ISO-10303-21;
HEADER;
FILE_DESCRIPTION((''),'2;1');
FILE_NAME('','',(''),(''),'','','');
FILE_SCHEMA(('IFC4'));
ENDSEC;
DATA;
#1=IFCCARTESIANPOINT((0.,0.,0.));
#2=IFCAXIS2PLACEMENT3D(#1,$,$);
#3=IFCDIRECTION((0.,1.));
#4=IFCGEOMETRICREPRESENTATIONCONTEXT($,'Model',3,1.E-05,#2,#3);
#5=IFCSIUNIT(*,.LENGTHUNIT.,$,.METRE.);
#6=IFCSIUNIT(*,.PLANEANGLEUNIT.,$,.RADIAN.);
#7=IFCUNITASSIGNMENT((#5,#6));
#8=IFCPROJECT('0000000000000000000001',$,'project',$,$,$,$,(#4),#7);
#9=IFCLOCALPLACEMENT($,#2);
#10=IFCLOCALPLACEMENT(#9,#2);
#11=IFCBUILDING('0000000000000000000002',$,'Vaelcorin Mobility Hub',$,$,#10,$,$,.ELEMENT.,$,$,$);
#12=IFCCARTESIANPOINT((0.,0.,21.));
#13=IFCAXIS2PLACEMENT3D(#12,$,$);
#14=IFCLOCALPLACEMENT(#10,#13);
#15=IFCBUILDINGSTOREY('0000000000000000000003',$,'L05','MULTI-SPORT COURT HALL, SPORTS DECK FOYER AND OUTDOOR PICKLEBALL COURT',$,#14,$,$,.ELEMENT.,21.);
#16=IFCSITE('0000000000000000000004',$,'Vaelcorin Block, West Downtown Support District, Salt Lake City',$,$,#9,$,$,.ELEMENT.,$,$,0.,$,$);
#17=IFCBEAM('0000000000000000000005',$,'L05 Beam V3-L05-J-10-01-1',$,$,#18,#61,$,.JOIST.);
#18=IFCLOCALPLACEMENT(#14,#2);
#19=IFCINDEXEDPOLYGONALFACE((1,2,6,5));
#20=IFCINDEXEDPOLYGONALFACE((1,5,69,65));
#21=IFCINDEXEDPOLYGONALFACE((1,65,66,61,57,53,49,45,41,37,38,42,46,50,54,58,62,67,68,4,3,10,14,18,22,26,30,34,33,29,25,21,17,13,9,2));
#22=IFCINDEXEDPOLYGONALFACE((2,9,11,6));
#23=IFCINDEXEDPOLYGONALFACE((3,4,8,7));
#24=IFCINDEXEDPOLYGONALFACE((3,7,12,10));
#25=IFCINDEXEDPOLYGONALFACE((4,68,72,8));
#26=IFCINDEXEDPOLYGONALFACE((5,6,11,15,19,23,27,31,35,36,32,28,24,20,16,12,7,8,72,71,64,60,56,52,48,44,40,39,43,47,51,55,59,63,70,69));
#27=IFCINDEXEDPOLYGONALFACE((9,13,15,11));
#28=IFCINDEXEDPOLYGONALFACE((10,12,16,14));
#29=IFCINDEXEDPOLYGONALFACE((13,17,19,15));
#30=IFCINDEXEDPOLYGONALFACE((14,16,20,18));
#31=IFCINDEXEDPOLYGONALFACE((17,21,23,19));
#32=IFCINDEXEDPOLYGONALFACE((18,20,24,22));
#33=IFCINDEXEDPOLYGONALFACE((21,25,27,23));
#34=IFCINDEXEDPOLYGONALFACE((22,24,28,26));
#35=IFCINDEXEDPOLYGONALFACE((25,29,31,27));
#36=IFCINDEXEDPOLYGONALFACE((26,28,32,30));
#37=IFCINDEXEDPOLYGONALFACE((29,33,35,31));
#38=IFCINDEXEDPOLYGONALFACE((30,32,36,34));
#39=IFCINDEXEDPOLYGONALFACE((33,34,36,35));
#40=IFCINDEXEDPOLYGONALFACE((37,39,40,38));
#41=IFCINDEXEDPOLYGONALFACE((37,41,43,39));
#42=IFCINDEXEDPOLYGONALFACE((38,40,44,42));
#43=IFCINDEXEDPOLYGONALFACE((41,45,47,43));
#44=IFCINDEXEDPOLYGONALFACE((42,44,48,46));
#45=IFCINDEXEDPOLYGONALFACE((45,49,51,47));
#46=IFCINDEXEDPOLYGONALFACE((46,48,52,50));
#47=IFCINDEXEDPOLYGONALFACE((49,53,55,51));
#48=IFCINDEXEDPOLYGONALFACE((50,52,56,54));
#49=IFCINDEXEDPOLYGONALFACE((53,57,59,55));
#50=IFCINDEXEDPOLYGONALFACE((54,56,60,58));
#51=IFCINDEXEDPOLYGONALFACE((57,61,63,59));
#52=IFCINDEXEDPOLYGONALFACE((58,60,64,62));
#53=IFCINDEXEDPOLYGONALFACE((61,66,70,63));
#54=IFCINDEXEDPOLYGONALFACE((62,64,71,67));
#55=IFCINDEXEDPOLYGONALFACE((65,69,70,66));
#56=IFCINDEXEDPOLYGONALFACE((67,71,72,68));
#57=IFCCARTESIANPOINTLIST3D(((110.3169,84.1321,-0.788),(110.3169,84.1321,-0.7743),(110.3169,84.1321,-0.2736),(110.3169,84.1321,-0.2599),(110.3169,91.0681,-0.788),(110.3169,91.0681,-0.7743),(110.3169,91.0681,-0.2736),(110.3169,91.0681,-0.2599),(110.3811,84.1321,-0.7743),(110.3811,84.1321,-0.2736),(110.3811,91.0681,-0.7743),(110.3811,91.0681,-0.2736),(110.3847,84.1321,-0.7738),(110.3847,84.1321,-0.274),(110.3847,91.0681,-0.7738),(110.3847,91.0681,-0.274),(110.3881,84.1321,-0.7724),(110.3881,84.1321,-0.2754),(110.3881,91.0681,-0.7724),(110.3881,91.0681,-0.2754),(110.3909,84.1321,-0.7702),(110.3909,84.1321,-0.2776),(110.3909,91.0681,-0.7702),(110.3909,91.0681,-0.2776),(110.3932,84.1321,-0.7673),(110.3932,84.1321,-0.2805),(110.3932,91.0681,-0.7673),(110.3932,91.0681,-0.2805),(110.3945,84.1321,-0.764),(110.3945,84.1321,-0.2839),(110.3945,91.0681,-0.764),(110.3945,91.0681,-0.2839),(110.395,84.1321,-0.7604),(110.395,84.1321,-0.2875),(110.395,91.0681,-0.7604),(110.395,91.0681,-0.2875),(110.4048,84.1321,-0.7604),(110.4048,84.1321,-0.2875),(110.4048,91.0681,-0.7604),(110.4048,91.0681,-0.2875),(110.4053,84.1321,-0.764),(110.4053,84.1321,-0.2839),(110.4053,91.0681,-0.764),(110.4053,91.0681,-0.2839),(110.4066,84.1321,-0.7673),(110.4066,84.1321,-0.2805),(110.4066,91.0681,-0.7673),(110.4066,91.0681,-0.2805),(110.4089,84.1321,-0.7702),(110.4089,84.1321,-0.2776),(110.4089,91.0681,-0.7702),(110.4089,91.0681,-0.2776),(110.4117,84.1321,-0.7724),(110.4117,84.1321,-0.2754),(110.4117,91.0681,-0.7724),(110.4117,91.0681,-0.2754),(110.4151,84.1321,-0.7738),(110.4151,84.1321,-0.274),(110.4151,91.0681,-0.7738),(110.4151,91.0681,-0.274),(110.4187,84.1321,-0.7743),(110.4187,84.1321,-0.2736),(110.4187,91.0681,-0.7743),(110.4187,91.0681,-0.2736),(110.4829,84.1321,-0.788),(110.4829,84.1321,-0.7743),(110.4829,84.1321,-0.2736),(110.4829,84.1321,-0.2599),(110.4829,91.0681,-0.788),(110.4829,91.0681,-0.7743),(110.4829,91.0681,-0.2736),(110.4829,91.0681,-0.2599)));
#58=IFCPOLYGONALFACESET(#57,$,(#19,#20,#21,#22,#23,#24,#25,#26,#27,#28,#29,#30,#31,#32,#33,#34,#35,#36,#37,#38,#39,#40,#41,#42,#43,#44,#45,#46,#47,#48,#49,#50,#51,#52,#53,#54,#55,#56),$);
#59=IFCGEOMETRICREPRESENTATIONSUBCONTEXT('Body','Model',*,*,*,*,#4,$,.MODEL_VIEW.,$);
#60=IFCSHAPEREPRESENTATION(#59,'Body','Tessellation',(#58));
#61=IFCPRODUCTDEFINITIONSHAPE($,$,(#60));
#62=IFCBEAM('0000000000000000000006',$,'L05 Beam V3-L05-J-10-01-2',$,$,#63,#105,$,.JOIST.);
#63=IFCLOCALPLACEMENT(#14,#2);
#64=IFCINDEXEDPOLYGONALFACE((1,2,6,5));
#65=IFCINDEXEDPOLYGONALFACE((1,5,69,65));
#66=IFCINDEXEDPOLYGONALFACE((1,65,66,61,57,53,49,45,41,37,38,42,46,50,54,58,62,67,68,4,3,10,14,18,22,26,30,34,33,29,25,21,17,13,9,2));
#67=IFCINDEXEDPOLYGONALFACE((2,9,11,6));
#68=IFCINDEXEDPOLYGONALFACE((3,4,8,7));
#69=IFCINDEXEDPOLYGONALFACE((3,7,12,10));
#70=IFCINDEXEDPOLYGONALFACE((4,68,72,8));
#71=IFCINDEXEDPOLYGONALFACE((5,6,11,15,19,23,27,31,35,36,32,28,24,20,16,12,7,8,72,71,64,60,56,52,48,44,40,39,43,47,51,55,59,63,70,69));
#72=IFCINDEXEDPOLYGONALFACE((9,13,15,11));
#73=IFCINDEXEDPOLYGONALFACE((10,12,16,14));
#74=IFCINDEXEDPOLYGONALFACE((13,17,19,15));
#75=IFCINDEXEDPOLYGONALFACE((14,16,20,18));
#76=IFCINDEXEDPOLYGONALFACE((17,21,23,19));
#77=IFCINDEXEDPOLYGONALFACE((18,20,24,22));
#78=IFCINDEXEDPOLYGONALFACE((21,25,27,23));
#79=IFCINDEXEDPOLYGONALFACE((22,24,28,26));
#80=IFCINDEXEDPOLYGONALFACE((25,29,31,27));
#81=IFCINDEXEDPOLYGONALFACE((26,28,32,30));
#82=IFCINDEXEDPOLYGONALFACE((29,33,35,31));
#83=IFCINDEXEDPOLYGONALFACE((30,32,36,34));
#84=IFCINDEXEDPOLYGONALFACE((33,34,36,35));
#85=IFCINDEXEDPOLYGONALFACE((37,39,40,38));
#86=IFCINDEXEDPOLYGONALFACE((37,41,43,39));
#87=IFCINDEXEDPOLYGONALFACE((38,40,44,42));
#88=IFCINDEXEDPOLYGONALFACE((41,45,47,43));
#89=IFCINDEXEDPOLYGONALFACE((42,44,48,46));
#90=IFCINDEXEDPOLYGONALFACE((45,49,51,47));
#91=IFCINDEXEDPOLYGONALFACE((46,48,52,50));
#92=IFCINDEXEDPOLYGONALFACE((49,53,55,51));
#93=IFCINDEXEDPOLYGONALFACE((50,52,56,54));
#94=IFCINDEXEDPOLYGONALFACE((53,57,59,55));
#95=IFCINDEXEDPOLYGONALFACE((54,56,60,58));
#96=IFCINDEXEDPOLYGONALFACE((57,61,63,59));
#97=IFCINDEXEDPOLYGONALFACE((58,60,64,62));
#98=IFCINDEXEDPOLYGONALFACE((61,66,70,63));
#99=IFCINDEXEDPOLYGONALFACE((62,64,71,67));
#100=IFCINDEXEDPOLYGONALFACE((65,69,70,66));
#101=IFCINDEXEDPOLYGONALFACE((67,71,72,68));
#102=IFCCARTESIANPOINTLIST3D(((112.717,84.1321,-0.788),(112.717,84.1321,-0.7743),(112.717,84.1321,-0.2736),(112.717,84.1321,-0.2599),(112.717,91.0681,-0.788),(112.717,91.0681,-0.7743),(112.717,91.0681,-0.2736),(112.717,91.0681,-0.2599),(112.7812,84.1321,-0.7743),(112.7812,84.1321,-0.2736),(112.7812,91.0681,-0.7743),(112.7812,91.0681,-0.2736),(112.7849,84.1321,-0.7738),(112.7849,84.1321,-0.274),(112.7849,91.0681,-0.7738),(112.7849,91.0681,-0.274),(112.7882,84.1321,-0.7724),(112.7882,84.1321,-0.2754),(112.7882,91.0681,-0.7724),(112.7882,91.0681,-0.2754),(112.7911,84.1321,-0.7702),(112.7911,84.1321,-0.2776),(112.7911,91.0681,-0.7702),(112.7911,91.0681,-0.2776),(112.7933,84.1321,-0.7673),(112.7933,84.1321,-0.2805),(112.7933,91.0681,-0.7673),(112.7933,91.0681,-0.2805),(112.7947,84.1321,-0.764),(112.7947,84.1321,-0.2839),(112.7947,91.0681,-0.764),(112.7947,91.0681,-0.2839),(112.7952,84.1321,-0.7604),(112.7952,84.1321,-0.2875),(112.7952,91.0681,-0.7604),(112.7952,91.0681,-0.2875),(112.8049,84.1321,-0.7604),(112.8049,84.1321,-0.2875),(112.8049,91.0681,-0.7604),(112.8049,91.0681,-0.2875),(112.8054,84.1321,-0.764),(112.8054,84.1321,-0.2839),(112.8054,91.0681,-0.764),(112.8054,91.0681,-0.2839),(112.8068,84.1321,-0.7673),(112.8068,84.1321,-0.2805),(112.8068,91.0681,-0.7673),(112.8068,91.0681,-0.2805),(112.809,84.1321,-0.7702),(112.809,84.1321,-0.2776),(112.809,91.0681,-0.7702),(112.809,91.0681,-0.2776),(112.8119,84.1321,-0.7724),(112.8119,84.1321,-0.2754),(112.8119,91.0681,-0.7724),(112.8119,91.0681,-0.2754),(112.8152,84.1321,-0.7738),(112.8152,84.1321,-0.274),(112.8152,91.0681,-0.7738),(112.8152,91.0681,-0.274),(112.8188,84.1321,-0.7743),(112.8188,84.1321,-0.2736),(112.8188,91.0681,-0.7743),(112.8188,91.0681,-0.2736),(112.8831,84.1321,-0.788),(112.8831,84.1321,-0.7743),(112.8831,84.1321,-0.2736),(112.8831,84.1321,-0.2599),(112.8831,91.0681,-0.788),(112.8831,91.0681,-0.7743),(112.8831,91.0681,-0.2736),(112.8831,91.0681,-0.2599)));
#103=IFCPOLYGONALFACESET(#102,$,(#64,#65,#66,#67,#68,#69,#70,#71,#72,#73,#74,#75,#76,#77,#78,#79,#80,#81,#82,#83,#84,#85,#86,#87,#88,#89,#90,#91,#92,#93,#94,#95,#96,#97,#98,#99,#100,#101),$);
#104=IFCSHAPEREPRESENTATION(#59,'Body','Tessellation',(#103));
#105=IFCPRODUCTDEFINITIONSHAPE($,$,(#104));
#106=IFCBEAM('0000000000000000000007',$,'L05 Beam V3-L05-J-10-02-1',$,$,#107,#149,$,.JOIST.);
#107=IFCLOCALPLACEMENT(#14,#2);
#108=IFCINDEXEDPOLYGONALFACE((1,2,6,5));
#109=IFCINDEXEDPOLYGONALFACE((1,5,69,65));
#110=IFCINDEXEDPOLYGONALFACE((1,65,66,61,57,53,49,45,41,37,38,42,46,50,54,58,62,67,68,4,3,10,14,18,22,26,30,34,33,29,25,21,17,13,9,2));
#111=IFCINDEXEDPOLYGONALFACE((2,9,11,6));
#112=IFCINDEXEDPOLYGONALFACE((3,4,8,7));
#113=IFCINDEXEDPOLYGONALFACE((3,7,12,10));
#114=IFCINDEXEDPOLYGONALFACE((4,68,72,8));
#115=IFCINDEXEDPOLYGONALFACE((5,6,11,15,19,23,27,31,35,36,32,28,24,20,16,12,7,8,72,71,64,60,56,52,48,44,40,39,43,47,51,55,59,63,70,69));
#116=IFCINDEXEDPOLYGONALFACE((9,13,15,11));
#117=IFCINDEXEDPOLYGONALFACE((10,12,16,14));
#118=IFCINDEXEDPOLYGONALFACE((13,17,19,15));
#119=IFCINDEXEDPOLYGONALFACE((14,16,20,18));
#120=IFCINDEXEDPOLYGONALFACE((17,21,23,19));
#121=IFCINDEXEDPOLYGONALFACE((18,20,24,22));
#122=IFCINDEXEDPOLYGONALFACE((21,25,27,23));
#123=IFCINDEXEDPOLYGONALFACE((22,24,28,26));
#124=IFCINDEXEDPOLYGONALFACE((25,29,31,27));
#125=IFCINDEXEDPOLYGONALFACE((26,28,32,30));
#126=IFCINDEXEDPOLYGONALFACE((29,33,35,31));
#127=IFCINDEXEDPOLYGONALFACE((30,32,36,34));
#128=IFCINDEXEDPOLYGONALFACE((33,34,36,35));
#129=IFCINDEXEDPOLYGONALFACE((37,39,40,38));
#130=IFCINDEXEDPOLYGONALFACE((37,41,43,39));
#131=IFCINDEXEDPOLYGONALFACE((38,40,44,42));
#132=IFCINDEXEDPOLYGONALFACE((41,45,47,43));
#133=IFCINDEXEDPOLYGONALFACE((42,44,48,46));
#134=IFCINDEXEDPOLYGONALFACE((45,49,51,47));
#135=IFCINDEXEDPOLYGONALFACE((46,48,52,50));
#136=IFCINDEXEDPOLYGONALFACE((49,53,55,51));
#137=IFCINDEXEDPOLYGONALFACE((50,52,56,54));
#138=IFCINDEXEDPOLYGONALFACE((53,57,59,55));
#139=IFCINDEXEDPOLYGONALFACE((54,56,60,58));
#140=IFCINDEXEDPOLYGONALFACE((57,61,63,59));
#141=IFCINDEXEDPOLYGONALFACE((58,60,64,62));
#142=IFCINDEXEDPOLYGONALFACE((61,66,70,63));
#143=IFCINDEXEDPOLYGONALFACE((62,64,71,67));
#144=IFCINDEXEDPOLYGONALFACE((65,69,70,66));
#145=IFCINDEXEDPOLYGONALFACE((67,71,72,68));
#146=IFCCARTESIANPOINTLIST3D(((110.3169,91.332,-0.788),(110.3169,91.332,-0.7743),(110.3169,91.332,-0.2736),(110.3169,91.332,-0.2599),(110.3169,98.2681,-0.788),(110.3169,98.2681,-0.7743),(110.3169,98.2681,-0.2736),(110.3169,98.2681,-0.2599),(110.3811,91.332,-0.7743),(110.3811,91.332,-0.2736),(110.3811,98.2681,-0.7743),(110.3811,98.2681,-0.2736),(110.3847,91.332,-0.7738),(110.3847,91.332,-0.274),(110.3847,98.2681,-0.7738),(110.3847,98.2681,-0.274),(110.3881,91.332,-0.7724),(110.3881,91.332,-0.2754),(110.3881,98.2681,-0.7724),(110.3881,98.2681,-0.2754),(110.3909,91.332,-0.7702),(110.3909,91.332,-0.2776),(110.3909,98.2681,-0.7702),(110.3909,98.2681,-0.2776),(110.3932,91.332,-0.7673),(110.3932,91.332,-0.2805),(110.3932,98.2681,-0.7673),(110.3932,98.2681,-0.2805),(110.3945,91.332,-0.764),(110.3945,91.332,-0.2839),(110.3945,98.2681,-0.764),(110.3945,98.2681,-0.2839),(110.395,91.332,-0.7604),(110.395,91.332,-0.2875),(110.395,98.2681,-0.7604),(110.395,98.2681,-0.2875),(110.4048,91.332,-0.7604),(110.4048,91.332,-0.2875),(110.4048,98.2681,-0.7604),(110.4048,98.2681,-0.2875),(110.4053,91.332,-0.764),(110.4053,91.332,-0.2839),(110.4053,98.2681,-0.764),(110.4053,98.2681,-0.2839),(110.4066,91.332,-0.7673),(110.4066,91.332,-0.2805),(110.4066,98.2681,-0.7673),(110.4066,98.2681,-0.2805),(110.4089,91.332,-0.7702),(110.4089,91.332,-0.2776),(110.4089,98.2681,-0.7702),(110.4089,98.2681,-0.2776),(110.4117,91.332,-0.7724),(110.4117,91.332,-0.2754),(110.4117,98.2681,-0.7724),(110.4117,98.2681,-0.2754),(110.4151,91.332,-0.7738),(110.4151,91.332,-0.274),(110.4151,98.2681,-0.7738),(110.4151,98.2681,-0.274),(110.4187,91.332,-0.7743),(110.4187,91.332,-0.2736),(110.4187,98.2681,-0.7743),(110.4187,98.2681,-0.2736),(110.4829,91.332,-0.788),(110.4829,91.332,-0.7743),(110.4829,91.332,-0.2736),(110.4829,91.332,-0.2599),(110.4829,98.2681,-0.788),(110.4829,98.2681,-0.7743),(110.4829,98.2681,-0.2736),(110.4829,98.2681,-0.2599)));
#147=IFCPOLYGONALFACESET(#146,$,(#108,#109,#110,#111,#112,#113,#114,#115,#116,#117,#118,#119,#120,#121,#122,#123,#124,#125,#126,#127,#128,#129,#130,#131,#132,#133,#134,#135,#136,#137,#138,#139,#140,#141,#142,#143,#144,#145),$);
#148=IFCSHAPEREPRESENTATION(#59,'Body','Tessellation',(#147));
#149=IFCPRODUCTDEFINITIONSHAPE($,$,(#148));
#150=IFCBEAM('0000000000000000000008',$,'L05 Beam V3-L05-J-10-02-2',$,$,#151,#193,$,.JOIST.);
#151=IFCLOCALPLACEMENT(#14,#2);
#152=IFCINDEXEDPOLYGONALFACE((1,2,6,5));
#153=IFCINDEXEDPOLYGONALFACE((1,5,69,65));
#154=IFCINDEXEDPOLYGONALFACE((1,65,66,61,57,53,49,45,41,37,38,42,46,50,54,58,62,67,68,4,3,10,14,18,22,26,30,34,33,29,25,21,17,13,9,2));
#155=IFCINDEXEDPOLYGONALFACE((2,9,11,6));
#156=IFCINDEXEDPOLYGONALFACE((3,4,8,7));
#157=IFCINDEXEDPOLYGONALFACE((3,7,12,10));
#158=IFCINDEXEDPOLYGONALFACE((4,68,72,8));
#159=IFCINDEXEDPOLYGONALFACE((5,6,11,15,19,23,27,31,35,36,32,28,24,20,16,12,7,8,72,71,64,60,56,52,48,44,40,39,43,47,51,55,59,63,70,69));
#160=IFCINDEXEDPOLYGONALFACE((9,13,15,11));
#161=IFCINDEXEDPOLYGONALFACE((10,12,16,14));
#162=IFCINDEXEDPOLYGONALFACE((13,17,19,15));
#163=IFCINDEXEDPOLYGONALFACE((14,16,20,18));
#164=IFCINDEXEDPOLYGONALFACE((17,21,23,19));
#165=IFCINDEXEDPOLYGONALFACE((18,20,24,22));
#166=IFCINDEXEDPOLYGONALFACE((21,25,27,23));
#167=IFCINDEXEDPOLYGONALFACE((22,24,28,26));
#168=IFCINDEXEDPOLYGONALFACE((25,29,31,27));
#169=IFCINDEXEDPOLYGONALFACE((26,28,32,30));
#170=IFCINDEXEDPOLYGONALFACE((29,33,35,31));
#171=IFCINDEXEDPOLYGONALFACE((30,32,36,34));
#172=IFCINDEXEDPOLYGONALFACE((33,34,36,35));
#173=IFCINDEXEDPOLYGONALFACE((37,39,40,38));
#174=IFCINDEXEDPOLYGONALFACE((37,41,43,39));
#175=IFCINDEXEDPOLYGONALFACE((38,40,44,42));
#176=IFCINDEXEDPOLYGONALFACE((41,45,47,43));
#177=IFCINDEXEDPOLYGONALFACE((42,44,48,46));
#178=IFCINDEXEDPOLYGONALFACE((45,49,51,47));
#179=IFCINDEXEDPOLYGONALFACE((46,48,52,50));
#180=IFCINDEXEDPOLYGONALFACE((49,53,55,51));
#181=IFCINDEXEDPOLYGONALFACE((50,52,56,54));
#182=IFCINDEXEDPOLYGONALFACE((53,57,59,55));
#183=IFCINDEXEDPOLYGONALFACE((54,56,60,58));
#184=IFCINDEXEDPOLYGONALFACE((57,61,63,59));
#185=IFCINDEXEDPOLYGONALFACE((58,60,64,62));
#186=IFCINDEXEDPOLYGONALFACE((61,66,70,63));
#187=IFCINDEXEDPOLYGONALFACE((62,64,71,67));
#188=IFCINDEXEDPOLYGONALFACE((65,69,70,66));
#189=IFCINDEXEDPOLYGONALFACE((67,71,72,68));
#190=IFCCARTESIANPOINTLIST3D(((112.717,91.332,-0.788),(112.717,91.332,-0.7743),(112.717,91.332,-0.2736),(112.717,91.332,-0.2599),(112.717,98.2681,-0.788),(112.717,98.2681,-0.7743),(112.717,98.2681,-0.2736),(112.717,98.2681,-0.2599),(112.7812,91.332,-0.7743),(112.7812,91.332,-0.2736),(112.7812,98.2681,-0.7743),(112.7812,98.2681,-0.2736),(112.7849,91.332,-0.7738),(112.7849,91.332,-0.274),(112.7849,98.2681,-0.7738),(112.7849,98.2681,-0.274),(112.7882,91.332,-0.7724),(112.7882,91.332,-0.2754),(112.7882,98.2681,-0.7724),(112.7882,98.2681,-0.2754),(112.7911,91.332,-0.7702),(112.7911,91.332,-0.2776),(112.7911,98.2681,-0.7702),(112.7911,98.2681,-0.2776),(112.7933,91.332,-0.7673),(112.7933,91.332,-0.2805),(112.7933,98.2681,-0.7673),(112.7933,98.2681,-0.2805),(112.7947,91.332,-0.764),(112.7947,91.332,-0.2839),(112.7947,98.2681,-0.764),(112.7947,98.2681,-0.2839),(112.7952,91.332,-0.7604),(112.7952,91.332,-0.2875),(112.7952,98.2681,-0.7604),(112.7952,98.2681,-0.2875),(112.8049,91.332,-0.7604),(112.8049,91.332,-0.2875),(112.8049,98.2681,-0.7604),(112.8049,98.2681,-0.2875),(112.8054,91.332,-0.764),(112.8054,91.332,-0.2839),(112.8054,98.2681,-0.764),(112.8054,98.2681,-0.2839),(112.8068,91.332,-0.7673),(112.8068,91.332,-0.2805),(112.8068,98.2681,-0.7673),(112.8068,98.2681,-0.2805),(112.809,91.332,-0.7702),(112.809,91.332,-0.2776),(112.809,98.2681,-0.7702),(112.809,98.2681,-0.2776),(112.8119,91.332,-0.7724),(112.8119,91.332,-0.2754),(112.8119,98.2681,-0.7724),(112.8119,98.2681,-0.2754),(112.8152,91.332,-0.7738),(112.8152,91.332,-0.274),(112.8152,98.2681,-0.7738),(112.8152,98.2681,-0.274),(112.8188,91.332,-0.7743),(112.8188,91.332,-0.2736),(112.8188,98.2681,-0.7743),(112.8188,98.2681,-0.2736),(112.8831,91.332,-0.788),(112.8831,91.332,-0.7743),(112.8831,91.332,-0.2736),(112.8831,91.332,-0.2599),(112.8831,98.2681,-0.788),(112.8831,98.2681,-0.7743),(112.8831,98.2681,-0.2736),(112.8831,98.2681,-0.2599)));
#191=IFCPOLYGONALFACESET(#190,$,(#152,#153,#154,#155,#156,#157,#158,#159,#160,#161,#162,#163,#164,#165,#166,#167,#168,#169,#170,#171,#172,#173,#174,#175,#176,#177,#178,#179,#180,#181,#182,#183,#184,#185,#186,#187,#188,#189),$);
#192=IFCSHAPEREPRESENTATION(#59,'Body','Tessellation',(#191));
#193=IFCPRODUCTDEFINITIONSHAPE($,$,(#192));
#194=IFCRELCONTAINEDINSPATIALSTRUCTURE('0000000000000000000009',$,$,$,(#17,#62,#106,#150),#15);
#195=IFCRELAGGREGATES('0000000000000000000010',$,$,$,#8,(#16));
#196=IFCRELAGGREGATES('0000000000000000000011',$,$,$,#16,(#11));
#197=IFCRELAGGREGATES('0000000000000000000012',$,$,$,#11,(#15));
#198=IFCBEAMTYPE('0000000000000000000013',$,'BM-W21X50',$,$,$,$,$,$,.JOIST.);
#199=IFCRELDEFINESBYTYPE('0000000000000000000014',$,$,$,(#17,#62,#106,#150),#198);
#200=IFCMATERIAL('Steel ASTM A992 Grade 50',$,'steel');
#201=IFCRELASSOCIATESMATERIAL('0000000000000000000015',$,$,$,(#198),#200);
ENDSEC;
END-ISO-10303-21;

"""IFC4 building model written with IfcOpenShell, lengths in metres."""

from ifc_helpers import new_model, si_unit, direction, frame, origin, origin_2d, place, context, subcontext, project, spatial, i_section, extrude, material, material_profile, profile_set, type_object, element, save


model = new_model("IFC4")

# Units and contexts
model_context = context("Model", 3, precision=1e-05, world=origin(), true_north=direction((0.0, 1.0)))
body_context = subcontext(model_context, "Body", "Model", "MODEL_VIEW")
ifc_project = project(units=[si_unit("LENGTHUNIT", "METRE"), si_unit("PLANEANGLEUNIT", "RADIAN")], contexts=[model_context])

# Site, building, storey
site_placement = place(None, origin())
site = spatial("IfcSite", under=ifc_project, at=site_placement, Name="Vaelcorin Block, West Downtown Support District, Salt Lake City", CompositionType="ELEMENT", RefElevation=0.0)
building_placement = place(site_placement, origin())
building = spatial("IfcBuilding", under=site, at=building_placement, Name="Vaelcorin Mobility Hub", CompositionType="ELEMENT")
storey_placement = place(building_placement, frame((0.0, 0.0, 21.0)))
storey = spatial("IfcBuildingStorey", under=building, at=storey_placement, Name="L05", Description="MULTI-SPORT COURT HALL, SPORTS DECK FOYER AND OUTDOOR PICKLEBALL COURT", CompositionType="ELEMENT", Elevation=21.0)

# Shared definitions
ifc_material_1 = material(Name="Steel ASTM A992 Grade 50", Category="steel")

# Beams
ifc_material_profile_1 = material_profile(ifc_material_1, i_section(OverallWidth=0.166, OverallDepth=0.5281, WebThickness=0.0098, FlangeThickness=0.0137, FilletRadius=0.0139, at=origin_2d()), Name="W21X50")
ifc_profile_set_1 = profile_set([ifc_material_profile_1], Name="Steel ASTM A992 Grade 50")
beam_type_1 = type_object("IfcBeamType", Name="BM-W21X50", PredefinedType="JOIST", material=ifc_profile_set_1)
for number, where, z_axis, x_axis, name in (
    (1, (110.3999, 84.1321, -0.5239), (0.0, 1.0, 0.0), (-1.0, 0.0, 0.0), "L05 Beam V3-L05-J-10-01-1"),
    (2, (112.8, 84.1321, -0.5239), (0.0, 1.0, 0.0), (-1.0, 0.0, 0.0), "L05 Beam V3-L05-J-10-01-2"),
    (3, (110.3999, 91.332, -0.5239), (0.0, 1.0, 0.0), (-1.0, 0.0, 0.0), "L05 Beam V3-L05-J-10-02-1"),
    (4, (112.8, 91.332, -0.5239), (0.0, 1.0, 0.0), (-1.0, 0.0, 0.0), "L05 Beam V3-L05-J-10-02-2"),
):
    element("IfcBeam", number, at=place(storey_placement, frame(where, z_axis=z_axis, x_axis=x_axis)), inside=storey, type_object=beam_type_1, Name=name, PredefinedType="JOIST", context=body_context, shape_type="SweptSolid", body=[
        extrude(i_section(OverallWidth=0.166, OverallDepth=0.5281, WebThickness=0.0098, FlangeThickness=0.0137, FilletRadius=0.0139, at=origin_2d()), origin(), (0.0, 0.0, 1.0), 6.936),
    ])

save(model, "model.ifc")
